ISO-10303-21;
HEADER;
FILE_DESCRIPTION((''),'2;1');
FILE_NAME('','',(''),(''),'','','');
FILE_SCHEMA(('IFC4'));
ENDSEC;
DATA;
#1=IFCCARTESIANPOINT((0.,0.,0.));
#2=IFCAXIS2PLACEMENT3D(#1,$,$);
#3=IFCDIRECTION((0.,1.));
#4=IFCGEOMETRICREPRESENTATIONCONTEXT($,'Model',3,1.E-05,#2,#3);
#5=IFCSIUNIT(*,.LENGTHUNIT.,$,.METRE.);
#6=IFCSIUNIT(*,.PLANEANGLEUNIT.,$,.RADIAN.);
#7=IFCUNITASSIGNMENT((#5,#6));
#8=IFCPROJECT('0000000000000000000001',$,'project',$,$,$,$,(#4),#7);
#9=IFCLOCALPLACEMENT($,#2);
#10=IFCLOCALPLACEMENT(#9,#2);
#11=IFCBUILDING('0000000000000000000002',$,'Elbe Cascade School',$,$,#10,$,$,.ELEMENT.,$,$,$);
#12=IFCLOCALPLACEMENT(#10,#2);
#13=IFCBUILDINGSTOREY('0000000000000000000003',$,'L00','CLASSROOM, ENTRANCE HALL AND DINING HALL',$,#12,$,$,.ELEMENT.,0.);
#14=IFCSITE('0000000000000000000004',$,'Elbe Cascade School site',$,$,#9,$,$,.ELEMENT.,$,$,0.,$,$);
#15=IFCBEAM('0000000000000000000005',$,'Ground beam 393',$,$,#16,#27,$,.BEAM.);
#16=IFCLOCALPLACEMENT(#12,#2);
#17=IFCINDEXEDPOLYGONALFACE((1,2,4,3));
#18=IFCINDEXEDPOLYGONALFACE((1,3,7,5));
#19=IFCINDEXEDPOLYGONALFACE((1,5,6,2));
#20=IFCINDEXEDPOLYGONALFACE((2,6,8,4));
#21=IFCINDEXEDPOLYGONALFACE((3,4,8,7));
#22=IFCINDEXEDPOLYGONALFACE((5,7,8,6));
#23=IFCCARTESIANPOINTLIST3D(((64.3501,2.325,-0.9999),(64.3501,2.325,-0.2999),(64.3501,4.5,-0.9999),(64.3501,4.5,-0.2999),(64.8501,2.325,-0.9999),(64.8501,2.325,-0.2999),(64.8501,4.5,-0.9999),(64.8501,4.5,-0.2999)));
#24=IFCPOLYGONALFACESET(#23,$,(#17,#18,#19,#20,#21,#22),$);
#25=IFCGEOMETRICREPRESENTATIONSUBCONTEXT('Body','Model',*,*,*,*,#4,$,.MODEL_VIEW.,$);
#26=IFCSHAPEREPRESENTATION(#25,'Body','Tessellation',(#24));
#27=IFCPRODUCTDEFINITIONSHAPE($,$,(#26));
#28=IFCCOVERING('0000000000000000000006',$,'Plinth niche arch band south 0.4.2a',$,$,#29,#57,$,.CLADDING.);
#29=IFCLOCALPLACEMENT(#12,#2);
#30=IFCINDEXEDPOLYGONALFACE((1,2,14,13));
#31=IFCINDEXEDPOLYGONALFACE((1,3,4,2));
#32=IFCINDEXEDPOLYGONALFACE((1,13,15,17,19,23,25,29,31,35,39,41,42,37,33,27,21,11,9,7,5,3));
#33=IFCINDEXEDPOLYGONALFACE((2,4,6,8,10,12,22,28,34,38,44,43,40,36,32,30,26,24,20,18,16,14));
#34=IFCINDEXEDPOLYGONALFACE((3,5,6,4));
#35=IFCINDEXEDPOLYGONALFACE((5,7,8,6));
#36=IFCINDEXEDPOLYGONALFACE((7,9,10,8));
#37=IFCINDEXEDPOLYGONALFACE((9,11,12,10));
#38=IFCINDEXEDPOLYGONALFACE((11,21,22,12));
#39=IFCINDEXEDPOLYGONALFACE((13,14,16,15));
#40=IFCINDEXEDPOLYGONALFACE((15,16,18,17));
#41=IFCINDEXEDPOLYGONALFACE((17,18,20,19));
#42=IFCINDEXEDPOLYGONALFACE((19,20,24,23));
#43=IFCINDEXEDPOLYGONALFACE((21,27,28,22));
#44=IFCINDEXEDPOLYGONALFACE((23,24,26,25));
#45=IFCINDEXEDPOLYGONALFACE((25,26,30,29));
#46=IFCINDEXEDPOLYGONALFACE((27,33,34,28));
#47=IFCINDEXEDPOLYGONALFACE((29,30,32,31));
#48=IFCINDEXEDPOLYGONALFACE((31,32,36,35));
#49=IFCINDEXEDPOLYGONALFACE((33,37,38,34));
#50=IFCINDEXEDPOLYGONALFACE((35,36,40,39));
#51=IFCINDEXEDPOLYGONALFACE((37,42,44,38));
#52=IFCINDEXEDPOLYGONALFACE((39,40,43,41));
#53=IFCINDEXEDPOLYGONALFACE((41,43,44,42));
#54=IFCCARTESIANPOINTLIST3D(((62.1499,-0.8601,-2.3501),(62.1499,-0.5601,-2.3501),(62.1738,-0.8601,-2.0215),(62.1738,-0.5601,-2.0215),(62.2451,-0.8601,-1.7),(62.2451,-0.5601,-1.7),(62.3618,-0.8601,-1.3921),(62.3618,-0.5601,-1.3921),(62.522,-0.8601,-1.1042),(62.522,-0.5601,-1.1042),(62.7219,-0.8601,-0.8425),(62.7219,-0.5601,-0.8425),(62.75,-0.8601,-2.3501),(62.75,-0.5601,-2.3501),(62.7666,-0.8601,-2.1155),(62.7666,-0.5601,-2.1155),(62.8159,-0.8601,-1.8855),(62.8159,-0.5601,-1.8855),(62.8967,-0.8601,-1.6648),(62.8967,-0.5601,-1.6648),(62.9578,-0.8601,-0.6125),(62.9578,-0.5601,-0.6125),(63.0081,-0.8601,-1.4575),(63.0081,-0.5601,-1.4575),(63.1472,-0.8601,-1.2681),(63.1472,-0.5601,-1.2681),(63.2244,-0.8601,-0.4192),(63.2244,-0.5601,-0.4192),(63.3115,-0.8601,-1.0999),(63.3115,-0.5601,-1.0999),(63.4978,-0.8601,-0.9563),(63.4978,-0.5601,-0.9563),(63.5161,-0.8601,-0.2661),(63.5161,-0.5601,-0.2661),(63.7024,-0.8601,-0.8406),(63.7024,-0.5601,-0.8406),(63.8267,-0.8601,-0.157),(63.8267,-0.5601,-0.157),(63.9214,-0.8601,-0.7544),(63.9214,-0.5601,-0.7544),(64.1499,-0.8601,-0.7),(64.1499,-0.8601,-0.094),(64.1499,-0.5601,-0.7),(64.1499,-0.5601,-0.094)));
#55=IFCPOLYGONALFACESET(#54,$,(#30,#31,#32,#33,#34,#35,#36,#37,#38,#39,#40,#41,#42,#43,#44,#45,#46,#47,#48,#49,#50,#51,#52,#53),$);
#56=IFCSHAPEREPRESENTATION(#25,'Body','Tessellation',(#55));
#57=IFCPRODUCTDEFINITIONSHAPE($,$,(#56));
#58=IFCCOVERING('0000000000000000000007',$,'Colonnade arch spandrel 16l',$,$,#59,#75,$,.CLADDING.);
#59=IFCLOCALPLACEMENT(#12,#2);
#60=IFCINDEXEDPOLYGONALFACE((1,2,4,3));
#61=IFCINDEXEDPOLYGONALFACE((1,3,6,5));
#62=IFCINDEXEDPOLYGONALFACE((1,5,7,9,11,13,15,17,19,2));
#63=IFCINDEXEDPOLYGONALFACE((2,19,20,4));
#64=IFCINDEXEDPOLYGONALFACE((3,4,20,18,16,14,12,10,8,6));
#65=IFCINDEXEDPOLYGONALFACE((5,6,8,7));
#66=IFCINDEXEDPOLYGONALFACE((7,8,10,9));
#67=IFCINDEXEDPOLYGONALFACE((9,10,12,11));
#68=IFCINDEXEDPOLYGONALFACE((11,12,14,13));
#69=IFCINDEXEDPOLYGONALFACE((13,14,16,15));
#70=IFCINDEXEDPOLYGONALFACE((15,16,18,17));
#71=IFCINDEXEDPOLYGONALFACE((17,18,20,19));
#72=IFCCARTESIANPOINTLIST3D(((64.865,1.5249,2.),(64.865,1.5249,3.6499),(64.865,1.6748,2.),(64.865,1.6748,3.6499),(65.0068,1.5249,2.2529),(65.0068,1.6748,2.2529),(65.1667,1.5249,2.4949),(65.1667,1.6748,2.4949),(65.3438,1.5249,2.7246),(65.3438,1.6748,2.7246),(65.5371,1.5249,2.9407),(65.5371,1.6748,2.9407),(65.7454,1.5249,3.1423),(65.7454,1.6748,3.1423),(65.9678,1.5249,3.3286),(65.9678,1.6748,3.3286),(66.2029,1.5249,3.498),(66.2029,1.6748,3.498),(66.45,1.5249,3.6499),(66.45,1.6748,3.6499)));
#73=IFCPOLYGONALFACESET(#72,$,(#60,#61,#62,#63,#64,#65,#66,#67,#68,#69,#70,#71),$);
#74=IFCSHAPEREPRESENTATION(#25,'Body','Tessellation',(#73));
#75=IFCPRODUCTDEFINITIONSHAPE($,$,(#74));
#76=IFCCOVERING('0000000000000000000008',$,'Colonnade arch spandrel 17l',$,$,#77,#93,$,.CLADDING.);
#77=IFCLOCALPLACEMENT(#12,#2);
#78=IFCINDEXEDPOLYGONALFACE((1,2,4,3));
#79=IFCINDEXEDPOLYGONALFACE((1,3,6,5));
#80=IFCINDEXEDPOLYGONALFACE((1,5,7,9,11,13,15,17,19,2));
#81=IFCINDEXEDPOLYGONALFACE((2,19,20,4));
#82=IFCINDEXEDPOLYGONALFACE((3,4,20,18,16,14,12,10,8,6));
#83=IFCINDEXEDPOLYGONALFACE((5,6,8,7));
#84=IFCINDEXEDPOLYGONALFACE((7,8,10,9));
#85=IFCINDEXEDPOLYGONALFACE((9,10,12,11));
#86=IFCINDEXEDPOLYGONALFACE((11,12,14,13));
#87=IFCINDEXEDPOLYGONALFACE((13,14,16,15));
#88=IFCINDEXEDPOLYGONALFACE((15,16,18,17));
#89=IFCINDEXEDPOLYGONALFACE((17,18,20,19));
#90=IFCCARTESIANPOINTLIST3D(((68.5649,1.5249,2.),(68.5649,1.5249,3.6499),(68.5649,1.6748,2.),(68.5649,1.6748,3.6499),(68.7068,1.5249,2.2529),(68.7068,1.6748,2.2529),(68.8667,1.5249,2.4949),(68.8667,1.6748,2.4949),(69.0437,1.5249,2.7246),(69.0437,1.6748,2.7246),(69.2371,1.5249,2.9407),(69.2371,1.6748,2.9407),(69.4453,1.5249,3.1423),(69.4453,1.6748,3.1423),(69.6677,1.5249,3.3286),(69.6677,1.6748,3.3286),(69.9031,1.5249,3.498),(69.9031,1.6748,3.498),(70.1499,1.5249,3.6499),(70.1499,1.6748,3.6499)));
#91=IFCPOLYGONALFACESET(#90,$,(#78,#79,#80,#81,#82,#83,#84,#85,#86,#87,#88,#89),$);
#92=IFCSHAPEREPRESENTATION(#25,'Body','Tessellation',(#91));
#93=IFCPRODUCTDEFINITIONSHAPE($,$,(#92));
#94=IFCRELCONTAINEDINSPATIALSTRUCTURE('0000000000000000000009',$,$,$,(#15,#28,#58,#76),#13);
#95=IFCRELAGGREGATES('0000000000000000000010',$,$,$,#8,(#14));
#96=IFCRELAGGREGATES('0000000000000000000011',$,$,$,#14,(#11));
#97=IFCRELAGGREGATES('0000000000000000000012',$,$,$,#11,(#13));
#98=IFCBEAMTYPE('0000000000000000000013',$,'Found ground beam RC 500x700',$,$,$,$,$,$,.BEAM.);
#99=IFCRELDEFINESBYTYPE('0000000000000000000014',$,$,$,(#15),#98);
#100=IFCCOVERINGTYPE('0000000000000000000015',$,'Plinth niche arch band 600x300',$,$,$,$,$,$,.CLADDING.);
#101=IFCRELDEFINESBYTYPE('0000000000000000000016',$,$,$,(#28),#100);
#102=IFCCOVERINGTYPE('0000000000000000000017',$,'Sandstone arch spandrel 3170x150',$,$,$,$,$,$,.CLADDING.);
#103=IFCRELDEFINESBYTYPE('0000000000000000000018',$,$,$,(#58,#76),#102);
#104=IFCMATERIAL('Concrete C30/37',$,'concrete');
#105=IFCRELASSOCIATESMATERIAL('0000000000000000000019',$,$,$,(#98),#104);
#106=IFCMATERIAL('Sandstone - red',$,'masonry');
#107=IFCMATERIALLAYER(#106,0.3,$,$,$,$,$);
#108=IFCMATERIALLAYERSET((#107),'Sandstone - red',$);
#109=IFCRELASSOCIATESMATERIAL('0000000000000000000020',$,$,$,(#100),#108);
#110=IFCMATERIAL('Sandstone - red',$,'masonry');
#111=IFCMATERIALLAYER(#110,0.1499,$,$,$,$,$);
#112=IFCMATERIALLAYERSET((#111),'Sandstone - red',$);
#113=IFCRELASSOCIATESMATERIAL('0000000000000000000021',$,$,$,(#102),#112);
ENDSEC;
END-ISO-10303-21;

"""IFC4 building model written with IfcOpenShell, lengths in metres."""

from ifc_helpers import new_model, si_unit, direction, frame, origin, origin_2d, place, context, subcontext, project, spatial, polyline, rectangle, outline, extrude, material, layer, layer_set, material_profile, profile_set, type_object, element, save


model = new_model("IFC4")

# Units and contexts
model_context = context("Model", 3, precision=1e-05, world=origin(), true_north=direction((0.0, 1.0)))
body_context = subcontext(model_context, "Body", "Model", "MODEL_VIEW")
ifc_project = project(units=[si_unit("LENGTHUNIT", "METRE"), si_unit("PLANEANGLEUNIT", "RADIAN")], contexts=[model_context])

# Site, building, storey
site_placement = place(None, origin())
site = spatial("IfcSite", under=ifc_project, at=site_placement, Name="Elbe Cascade School site", CompositionType="ELEMENT", RefElevation=0.0)
building_placement = place(site_placement, origin())
building = spatial("IfcBuilding", under=site, at=building_placement, Name="Elbe Cascade School", CompositionType="ELEMENT")
storey_placement = place(building_placement, origin())
storey = spatial("IfcBuildingStorey", under=building, at=storey_placement, Name="L00", Description="CLASSROOM, ENTRANCE HALL AND DINING HALL", CompositionType="ELEMENT", Elevation=0.0)

# Beam
ifc_material_1 = material(Name="Concrete C30/37", Category="concrete")
ifc_material_profile_1 = material_profile(ifc_material_1, rectangle(XDim=0.5, YDim=0.7, at=origin_2d()), Name="RC 500x700")
ifc_profile_set_1 = profile_set([ifc_material_profile_1], Name="Concrete C30/37")
beam_type_1 = type_object("IfcBeamType", Name="Found ground beam RC 500x700", PredefinedType="BEAM", material=ifc_profile_set_1)
beam_placement = place(storey_placement, frame((64.6001, 2.325, -0.6499), z_axis=(0.0, 1.0, 0.0), x_axis=(-1.0, 0.0, 0.0)))
element("IfcBeam", 1, at=beam_placement, inside=storey, type_object=beam_type_1, Name="Ground beam 393", PredefinedType="BEAM", context=body_context, shape_type="SweptSolid", body=[
    extrude(rectangle(XDim=0.5, YDim=0.7, at=origin_2d()), origin(), (0.0, 0.0, 1.0), 2.175),
])

# Coverings
ifc_material_2 = material(Name="Sandstone - red", Category="masonry")
ifc_layer_1 = layer(ifc_material_2, 0.3)
ifc_layer_set_1 = layer_set([ifc_layer_1], Name="Sandstone - red")
covering_type_1 = type_object("IfcCoveringType", Name="Plinth niche arch band 600x300", PredefinedType="CLADDING", material=ifc_layer_set_1)
covering_1_placement = place(storey_placement, frame((62.1499, -0.8601, -2.3501), z_axis=(0.0, -1.0, 0.0), x_axis=(1.0, 0.0, 0.0)))
element("IfcCovering", 2, at=covering_1_placement, inside=storey, type_object=covering_type_1, Name="Plinth niche arch band south 0.4.2a", PredefinedType="CLADDING", context=body_context, shape_type="SweptSolid", body=[
    extrude(outline(polyline([(0.0, 0.0), (0.6001, 0.0), (0.6167, 0.2346), (0.666, 0.4646), (0.7468, 0.6853), (0.8582, 0.8926), (0.9973, 1.082), (1.1616, 1.2502), (1.3479, 1.3938), (1.5525, 1.5095), (1.7715, 1.5957), (2.0, 1.6501), (2.0, 2.2561), (1.6768, 2.1931), (1.3662, 2.084), (1.0745, 1.9309), (0.8079, 1.7375), (0.572, 1.5076), (0.3721, 1.2458), (0.2119, 0.958), (0.0952, 0.6501), (0.0239, 0.3286), (0.0, 0.0)])), origin(), (0.0, 0.0, -1.0), 0.3),
])
ifc_material_3 = material(Name="Sandstone - red", Category="masonry")
ifc_layer_2 = layer(ifc_material_3, 0.1499)
ifc_layer_set_2 = layer_set([ifc_layer_2], Name="Sandstone - red")
covering_type_2 = type_object("IfcCoveringType", Name="Sandstone arch spandrel 3170x150", PredefinedType="CLADDING", material=ifc_layer_set_2)
covering_2_placement = place(storey_placement, frame((64.865, 1.5249, 3.6499), z_axis=(0.0, -1.0, 0.0), x_axis=(0.0, 0.0, -1.0)))
element("IfcCovering", 3, at=covering_2_placement, inside=storey, type_object=covering_type_2, Name="Colonnade arch spandrel 16l", PredefinedType="CLADDING", context=body_context, shape_type="SweptSolid", body=[
    extrude(outline(polyline([(0.0, 0.0), (1.6499, 0.0), (1.397, 0.1418), (1.155, 0.3018), (0.9253, 0.4788), (0.7092, 0.6721), (0.5076, 0.8804), (0.3213, 1.1028), (0.1519, 1.3379), (0.0, 1.585), (0.0, 0.0)])), origin(), (0.0, 0.0, -1.0), 0.1499),
])
covering_3_placement = place(storey_placement, frame((68.5649, 1.5249, 3.6499), z_axis=(0.0, -1.0, 0.0), x_axis=(0.0, 0.0, -1.0)))
element("IfcCovering", 4, at=covering_3_placement, inside=storey, type_object=covering_type_2, Name="Colonnade arch spandrel 17l", PredefinedType="CLADDING", context=body_context, shape_type="SweptSolid", body=[
    extrude(outline(polyline([(0.0, 0.0), (1.6499, 0.0), (1.397, 0.1418), (1.155, 0.3018), (0.9253, 0.4788), (0.7092, 0.6721), (0.5076, 0.8804), (0.3213, 1.1028), (0.1519, 1.3381), (0.0, 1.585), (0.0, 0.0)])), origin(), (0.0, 0.0, -1.0), 0.1499),
])

save(model, "model.ifc")
